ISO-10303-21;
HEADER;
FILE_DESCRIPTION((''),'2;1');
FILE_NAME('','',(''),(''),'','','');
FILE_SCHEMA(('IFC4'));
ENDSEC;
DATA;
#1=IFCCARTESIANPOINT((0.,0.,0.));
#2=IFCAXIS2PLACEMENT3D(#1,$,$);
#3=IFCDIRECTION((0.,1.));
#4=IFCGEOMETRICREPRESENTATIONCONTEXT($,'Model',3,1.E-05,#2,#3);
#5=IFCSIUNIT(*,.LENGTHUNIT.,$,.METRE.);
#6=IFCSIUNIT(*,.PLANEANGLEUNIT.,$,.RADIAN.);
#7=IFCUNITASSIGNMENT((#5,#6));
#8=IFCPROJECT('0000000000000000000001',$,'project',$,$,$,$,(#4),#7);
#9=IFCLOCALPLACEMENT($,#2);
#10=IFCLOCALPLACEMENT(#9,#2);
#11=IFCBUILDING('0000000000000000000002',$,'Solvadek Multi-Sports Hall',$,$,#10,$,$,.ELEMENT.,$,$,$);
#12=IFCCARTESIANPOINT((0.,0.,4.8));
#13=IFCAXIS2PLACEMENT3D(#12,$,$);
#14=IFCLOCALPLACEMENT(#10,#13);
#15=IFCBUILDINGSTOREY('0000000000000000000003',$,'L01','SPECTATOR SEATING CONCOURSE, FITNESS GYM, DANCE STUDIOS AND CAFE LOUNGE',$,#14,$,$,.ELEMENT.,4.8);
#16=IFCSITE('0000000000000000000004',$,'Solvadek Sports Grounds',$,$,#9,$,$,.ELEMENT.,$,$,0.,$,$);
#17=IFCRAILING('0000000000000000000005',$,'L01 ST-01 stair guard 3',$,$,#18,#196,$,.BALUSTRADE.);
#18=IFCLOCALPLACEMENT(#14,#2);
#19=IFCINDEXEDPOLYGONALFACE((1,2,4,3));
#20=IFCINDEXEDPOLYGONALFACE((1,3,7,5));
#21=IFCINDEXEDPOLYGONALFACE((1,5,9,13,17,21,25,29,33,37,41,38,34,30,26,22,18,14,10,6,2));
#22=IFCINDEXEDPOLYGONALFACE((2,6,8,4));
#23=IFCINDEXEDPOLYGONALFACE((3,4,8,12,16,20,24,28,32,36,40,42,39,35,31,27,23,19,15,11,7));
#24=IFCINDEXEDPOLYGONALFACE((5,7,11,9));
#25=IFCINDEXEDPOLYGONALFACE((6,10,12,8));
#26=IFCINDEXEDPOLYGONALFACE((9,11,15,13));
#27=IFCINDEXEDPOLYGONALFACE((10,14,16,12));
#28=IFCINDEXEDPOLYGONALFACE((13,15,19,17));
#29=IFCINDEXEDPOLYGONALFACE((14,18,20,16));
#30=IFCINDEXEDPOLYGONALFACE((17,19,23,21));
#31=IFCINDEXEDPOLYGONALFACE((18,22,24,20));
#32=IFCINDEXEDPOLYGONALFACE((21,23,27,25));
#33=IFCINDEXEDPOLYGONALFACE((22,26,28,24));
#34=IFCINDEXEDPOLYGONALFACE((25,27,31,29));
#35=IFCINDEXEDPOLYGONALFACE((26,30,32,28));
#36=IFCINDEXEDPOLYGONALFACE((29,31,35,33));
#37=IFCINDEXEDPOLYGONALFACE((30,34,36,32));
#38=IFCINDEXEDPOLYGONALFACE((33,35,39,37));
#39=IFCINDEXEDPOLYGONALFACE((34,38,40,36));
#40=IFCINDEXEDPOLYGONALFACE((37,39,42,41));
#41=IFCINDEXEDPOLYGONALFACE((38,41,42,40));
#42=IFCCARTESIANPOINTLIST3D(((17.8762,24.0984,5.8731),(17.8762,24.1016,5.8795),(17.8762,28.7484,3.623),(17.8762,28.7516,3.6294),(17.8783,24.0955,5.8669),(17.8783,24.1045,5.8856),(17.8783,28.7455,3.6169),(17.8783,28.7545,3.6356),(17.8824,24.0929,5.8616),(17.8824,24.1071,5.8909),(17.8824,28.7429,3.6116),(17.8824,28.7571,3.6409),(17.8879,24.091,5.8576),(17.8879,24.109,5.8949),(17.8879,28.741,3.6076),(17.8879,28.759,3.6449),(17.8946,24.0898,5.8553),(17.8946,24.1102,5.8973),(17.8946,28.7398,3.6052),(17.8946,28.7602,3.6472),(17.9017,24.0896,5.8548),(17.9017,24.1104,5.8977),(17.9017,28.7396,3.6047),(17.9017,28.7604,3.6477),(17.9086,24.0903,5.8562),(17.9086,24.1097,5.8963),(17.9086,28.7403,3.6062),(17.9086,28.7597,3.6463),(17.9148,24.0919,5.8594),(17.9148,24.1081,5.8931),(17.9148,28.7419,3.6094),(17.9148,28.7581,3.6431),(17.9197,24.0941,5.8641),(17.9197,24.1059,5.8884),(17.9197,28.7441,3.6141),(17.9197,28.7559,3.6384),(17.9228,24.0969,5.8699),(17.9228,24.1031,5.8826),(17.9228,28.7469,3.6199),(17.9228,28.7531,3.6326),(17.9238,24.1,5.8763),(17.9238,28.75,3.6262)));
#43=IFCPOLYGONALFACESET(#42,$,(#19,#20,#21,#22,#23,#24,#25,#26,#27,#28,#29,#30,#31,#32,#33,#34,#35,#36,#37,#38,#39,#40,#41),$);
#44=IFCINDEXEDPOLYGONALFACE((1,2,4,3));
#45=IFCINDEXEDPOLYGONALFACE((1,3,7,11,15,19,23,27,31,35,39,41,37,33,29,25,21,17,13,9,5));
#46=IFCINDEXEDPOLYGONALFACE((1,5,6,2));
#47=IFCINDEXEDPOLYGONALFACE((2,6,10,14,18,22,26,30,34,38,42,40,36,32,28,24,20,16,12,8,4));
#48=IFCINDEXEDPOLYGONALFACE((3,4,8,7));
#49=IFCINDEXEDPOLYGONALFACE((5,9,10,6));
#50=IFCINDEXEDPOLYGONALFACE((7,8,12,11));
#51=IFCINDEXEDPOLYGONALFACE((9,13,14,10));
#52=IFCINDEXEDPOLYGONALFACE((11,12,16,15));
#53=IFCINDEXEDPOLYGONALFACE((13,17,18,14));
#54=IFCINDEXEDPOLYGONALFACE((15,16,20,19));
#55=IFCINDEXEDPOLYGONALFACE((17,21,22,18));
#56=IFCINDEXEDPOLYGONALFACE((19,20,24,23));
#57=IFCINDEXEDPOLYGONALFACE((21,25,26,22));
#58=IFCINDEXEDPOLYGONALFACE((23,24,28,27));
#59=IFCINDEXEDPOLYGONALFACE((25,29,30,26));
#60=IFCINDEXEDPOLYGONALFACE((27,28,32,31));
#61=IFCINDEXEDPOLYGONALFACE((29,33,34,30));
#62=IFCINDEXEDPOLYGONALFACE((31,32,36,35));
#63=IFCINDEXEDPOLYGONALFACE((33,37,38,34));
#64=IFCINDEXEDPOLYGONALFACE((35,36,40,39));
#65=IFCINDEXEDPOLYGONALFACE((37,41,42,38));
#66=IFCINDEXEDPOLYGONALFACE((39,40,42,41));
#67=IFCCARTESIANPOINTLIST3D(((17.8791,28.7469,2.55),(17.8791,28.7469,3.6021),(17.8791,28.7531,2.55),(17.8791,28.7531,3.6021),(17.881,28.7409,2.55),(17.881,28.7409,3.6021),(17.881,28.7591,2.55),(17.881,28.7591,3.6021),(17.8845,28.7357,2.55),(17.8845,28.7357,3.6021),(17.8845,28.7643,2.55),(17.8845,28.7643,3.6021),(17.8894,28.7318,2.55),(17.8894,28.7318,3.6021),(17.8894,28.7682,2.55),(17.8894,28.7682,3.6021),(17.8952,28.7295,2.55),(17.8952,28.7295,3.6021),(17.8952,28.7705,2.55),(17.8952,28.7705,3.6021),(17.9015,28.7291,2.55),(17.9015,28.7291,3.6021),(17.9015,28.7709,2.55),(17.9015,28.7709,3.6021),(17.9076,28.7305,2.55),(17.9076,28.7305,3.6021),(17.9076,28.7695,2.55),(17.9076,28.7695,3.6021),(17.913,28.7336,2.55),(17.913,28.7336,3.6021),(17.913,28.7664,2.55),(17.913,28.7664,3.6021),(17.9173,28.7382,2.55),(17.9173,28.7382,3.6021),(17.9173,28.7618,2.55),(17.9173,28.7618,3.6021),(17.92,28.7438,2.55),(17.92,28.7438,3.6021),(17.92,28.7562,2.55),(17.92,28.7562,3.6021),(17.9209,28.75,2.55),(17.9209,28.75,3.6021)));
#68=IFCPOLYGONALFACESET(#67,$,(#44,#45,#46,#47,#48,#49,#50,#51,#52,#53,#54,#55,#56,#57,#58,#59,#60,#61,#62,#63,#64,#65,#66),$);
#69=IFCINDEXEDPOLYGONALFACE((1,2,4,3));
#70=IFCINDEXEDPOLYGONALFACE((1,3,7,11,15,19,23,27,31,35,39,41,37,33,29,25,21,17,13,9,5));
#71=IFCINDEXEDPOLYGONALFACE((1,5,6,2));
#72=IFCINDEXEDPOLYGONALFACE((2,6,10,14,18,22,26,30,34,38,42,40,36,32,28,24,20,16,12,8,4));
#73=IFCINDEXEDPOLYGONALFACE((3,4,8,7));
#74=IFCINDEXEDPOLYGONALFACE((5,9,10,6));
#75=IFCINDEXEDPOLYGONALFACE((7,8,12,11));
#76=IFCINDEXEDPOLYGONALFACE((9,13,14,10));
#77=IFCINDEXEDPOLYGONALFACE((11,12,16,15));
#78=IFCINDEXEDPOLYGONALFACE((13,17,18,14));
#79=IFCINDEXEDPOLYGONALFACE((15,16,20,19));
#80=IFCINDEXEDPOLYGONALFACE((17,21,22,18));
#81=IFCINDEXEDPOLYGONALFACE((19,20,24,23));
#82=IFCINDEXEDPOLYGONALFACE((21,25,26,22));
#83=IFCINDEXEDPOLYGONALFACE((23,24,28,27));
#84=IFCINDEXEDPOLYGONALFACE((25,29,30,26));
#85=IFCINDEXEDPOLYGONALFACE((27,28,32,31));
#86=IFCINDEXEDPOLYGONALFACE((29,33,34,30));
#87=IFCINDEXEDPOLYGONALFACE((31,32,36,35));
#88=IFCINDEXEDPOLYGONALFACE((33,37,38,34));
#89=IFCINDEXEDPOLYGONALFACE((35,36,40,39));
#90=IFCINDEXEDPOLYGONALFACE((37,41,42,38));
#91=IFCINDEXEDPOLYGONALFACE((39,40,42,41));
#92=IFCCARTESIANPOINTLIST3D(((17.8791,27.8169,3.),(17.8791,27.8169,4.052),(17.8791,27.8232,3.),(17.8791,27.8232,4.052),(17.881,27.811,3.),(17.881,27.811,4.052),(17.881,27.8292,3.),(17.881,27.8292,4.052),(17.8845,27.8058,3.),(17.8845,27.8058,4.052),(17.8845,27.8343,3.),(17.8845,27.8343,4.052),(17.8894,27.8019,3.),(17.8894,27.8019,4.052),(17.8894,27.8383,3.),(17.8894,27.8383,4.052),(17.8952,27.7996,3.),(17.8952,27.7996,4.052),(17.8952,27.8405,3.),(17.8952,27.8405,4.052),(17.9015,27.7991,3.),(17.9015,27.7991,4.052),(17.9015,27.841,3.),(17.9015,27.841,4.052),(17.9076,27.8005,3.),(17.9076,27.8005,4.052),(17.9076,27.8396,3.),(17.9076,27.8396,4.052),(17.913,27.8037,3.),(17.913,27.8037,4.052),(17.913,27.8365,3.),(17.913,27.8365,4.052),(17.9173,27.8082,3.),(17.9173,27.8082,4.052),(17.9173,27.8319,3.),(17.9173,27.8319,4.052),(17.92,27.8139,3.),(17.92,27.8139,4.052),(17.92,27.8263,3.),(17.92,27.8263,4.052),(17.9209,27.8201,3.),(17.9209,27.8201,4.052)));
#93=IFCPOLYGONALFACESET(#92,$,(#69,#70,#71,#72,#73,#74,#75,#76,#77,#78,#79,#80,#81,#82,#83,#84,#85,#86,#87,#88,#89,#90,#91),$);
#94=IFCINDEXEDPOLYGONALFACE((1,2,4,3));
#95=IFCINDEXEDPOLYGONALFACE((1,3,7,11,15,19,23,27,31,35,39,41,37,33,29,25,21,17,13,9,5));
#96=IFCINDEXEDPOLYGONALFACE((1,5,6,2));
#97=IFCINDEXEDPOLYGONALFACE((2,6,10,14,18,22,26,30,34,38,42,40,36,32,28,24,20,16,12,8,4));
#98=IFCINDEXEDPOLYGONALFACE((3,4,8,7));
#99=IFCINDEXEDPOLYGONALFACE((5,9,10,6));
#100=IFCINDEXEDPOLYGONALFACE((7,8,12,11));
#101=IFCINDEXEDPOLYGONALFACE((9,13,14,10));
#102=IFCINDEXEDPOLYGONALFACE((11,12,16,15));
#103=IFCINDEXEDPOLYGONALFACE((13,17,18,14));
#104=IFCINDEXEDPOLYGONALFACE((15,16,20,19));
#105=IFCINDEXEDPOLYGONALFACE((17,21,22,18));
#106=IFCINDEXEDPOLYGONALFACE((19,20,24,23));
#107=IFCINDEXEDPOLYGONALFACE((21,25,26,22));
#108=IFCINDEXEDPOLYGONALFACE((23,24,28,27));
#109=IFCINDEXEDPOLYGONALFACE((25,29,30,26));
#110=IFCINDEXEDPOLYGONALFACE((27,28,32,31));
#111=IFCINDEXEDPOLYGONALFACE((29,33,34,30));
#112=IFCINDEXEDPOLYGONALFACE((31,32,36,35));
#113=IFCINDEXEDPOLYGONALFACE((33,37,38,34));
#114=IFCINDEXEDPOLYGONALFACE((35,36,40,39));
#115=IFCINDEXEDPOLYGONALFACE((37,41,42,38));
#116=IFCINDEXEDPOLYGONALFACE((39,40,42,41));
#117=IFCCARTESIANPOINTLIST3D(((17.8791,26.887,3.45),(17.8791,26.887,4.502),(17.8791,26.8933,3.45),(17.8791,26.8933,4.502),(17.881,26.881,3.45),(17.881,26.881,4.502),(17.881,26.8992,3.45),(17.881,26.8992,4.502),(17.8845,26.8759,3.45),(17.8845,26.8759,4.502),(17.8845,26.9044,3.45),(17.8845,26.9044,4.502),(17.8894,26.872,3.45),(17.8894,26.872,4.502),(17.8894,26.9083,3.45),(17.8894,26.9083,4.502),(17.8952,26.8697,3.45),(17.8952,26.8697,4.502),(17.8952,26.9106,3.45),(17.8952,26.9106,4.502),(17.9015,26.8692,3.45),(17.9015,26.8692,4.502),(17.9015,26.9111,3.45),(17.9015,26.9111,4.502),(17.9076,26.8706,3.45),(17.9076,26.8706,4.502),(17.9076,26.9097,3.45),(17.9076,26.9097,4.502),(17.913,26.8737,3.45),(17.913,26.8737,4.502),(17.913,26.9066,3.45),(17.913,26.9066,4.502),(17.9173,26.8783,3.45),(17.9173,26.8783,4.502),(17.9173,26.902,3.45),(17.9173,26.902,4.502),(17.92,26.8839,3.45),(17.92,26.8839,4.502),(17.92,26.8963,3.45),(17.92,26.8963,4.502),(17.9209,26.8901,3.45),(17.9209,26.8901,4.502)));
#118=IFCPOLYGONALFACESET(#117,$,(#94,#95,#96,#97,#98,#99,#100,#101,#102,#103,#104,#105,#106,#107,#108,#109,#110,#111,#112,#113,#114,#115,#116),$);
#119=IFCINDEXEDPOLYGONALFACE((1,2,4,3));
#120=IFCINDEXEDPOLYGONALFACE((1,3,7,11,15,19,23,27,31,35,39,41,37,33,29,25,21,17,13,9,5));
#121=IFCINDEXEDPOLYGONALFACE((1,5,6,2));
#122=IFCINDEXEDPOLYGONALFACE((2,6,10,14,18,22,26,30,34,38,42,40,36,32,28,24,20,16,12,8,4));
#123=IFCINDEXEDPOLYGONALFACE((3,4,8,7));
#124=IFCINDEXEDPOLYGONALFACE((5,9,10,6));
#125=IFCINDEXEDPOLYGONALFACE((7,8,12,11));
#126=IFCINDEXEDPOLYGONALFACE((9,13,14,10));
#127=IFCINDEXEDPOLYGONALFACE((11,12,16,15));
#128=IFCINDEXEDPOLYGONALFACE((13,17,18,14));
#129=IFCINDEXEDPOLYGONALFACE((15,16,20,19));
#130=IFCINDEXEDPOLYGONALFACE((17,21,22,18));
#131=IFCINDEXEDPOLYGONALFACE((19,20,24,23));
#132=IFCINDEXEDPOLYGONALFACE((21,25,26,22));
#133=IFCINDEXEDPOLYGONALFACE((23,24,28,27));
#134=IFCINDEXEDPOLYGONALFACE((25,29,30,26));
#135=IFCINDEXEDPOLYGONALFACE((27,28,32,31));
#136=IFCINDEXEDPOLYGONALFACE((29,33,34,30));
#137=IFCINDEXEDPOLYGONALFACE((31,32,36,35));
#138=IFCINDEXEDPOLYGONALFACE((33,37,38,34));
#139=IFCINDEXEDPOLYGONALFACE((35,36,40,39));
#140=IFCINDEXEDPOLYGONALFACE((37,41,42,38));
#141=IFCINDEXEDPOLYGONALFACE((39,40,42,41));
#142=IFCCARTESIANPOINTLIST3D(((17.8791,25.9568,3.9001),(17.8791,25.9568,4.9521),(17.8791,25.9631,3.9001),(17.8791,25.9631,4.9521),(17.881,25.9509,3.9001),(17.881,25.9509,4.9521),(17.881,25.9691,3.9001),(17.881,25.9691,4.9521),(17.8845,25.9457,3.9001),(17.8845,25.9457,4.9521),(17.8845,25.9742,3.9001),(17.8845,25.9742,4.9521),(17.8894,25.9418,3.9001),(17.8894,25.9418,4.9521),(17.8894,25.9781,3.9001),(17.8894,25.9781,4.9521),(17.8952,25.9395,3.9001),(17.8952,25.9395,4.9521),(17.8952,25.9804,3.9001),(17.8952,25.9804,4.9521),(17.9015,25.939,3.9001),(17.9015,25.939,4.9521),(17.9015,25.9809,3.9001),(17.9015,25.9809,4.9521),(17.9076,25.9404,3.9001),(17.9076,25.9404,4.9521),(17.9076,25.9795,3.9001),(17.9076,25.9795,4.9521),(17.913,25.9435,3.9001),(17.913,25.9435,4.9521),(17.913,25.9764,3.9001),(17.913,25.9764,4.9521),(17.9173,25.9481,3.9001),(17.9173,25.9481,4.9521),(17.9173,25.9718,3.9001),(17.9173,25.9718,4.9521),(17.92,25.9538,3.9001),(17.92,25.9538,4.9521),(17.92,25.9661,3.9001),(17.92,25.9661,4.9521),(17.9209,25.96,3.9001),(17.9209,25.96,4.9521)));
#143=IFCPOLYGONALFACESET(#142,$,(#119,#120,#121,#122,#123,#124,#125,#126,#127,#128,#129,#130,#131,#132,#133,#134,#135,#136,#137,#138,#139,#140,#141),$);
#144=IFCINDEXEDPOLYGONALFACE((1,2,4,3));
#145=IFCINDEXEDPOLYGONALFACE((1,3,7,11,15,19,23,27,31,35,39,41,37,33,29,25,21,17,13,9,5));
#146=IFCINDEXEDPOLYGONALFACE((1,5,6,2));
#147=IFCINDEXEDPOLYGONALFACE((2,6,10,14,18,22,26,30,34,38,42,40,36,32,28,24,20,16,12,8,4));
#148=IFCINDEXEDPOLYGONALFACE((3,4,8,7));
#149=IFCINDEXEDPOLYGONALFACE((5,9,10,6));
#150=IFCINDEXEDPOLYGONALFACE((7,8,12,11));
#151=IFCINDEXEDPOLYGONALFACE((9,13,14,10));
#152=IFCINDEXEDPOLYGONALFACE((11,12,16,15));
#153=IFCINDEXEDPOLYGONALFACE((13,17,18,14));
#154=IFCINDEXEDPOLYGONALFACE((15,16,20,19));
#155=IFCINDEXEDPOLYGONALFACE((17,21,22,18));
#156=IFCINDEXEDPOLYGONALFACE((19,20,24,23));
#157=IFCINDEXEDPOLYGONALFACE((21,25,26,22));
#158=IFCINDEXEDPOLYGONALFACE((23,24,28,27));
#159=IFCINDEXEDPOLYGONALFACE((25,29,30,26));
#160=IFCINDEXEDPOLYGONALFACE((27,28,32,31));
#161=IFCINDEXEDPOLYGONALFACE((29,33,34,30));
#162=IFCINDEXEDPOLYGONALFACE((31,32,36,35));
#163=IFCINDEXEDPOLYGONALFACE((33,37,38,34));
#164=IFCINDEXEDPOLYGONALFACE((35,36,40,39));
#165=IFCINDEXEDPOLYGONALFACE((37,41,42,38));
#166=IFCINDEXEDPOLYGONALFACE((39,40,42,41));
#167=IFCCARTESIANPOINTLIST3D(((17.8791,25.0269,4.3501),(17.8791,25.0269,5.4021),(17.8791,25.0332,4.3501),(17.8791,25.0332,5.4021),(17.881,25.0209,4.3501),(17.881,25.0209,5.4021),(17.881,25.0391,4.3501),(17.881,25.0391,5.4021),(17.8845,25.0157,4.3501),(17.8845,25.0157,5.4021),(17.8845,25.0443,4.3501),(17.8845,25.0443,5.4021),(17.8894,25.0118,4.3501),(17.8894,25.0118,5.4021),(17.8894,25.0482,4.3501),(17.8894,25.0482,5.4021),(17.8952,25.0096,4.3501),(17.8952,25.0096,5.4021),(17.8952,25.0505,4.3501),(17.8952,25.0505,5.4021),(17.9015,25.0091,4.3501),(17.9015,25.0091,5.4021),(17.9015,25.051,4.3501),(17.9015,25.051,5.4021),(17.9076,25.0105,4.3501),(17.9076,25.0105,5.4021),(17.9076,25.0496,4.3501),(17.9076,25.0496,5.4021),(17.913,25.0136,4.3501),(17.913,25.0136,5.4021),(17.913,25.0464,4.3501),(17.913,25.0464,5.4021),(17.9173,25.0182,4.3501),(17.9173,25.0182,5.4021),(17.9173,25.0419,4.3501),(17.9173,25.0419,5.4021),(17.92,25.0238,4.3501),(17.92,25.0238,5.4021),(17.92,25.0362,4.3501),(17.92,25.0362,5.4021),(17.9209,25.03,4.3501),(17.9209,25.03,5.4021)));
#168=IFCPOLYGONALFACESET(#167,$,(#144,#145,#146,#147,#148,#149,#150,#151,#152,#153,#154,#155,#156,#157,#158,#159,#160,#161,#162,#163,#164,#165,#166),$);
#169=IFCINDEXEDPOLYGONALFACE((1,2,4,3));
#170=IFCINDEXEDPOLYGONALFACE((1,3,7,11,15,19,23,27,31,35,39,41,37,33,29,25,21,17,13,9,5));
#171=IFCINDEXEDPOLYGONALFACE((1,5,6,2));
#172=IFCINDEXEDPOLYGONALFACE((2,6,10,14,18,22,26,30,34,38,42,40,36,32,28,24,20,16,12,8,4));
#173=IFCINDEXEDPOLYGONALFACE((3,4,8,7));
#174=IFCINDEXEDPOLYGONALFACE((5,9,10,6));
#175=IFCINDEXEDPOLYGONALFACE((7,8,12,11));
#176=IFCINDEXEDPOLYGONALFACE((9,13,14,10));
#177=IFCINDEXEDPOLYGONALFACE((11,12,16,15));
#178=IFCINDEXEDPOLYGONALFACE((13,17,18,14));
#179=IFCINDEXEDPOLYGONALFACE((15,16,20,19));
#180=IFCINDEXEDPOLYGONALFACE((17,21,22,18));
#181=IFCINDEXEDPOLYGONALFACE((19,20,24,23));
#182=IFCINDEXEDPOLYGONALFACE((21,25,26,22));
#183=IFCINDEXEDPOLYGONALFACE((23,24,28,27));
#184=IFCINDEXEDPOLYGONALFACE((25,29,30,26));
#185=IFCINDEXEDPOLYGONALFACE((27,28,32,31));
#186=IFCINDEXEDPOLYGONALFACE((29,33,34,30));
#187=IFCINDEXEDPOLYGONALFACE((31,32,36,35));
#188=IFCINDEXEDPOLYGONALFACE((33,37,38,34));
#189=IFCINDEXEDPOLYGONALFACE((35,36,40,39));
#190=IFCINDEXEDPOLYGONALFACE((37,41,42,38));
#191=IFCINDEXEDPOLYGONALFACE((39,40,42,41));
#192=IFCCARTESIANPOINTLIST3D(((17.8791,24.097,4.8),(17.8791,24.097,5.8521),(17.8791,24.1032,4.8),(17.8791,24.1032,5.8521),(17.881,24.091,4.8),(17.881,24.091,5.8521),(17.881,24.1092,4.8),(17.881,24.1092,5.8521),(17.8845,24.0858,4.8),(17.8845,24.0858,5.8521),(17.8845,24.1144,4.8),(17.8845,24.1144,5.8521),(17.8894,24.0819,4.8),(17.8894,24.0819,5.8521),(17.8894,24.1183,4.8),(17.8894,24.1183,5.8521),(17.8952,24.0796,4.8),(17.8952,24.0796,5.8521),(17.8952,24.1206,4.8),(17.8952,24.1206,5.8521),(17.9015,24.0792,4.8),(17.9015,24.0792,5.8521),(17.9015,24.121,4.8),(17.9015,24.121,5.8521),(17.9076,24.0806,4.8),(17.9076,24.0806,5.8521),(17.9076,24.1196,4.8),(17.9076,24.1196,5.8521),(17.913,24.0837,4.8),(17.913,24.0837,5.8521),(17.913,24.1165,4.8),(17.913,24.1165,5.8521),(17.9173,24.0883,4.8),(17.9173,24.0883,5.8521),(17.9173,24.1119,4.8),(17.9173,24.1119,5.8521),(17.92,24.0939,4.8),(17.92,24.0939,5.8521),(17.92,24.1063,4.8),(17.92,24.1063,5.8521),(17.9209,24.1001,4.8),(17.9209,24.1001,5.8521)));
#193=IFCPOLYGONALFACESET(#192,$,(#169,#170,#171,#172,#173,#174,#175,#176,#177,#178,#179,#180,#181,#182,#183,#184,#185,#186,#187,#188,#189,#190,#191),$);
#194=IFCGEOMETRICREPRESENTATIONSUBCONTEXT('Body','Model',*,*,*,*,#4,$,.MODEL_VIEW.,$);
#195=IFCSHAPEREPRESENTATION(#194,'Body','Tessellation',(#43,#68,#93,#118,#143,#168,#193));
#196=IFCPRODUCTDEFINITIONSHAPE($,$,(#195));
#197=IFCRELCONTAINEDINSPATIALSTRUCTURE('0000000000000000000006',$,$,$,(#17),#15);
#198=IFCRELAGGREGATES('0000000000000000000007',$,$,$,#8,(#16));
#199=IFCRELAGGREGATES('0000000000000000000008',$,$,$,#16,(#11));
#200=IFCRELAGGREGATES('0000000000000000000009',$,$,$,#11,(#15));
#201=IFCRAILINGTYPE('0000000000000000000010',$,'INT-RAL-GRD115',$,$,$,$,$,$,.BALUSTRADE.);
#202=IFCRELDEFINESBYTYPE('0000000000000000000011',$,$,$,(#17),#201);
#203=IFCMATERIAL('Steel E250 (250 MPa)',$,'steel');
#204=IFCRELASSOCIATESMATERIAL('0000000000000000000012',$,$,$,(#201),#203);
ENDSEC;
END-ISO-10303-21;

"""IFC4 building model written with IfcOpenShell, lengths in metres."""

from ifc_helpers import new_model, si_unit, direction, frame, origin, origin_2d, place, context, subcontext, project, spatial, circle, extrude, material, type_object, element, save


model = new_model("IFC4")

# Units and contexts
model_context = context("Model", 3, precision=1e-05, world=origin(), true_north=direction((0.0, 1.0)))
body_context = subcontext(model_context, "Body", "Model", "MODEL_VIEW")
ifc_project = project(units=[si_unit("LENGTHUNIT", "METRE"), si_unit("PLANEANGLEUNIT", "RADIAN")], contexts=[model_context])

# Site, building, storey
site_placement = place(None, origin())
site = spatial("IfcSite", under=ifc_project, at=site_placement, Name="Solvadek Sports Grounds", CompositionType="ELEMENT", RefElevation=0.0)
building_placement = place(site_placement, origin())
building = spatial("IfcBuilding", under=site, at=building_placement, Name="Solvadek Multi-Sports Hall", CompositionType="ELEMENT")
storey_placement = place(building_placement, frame((0.0, 0.0, 4.8)))
storey = spatial("IfcBuildingStorey", under=building, at=storey_placement, Name="L01", Description="SPECTATOR SEATING CONCOURSE, FITNESS GYM, DANCE STUDIOS AND CAFE LOUNGE", CompositionType="ELEMENT", Elevation=4.8)

# Shared definitions
ifc_material_1 = material(Name="Steel E250 (250 MPa)", Category="steel")

# Railing
railing_type_1 = type_object("IfcRailingType", Name="INT-RAL-GRD115", PredefinedType="BALUSTRADE", material=ifc_material_1)
railing_1_placement = place(storey_placement, frame((17.8999, 28.75, 2.55)))
element("IfcRailing", 1, at=railing_1_placement, inside=storey, type_object=railing_type_1, Name="L01 ST-01 stair guard 3", PredefinedType="BALUSTRADE", context=body_context, shape_type="SweptSolid", body=[
    extrude(circle(Radius=0.0239, at=origin_2d()), frame((0.0, 0.0, 1.0762), z_axis=(0.0, -0.900156, 0.435568), x_axis=(1.0, 0.0, 0.0)), (0.0, 0.0, 1.0), 5.1658),
    extrude(circle(Radius=0.021, at=origin_2d()), origin(), (0.0, 0.0, 1.0), 1.052),
    extrude(circle(Radius=0.021, at=origin_2d()), frame((0.0, -0.9299, 0.45)), (0.0, 0.0, 1.0), 1.052),
    extrude(circle(Radius=0.021, at=origin_2d()), frame((0.0, -1.8599, 0.8999)), (0.0, 0.0, 1.0), 1.052),
    extrude(circle(Radius=0.021, at=origin_2d()), frame((0.0, -2.79, 1.3501)), (0.0, 0.0, 1.0), 1.052),
    extrude(circle(Radius=0.021, at=origin_2d()), frame((0.0, -3.72, 1.8)), (0.0, 0.0, 1.0), 1.052),
    extrude(circle(Radius=0.021, at=origin_2d()), frame((0.0, -4.6499, 2.25)), (0.0, 0.0, 1.0), 1.052),
])

save(model, "model.ifc")
